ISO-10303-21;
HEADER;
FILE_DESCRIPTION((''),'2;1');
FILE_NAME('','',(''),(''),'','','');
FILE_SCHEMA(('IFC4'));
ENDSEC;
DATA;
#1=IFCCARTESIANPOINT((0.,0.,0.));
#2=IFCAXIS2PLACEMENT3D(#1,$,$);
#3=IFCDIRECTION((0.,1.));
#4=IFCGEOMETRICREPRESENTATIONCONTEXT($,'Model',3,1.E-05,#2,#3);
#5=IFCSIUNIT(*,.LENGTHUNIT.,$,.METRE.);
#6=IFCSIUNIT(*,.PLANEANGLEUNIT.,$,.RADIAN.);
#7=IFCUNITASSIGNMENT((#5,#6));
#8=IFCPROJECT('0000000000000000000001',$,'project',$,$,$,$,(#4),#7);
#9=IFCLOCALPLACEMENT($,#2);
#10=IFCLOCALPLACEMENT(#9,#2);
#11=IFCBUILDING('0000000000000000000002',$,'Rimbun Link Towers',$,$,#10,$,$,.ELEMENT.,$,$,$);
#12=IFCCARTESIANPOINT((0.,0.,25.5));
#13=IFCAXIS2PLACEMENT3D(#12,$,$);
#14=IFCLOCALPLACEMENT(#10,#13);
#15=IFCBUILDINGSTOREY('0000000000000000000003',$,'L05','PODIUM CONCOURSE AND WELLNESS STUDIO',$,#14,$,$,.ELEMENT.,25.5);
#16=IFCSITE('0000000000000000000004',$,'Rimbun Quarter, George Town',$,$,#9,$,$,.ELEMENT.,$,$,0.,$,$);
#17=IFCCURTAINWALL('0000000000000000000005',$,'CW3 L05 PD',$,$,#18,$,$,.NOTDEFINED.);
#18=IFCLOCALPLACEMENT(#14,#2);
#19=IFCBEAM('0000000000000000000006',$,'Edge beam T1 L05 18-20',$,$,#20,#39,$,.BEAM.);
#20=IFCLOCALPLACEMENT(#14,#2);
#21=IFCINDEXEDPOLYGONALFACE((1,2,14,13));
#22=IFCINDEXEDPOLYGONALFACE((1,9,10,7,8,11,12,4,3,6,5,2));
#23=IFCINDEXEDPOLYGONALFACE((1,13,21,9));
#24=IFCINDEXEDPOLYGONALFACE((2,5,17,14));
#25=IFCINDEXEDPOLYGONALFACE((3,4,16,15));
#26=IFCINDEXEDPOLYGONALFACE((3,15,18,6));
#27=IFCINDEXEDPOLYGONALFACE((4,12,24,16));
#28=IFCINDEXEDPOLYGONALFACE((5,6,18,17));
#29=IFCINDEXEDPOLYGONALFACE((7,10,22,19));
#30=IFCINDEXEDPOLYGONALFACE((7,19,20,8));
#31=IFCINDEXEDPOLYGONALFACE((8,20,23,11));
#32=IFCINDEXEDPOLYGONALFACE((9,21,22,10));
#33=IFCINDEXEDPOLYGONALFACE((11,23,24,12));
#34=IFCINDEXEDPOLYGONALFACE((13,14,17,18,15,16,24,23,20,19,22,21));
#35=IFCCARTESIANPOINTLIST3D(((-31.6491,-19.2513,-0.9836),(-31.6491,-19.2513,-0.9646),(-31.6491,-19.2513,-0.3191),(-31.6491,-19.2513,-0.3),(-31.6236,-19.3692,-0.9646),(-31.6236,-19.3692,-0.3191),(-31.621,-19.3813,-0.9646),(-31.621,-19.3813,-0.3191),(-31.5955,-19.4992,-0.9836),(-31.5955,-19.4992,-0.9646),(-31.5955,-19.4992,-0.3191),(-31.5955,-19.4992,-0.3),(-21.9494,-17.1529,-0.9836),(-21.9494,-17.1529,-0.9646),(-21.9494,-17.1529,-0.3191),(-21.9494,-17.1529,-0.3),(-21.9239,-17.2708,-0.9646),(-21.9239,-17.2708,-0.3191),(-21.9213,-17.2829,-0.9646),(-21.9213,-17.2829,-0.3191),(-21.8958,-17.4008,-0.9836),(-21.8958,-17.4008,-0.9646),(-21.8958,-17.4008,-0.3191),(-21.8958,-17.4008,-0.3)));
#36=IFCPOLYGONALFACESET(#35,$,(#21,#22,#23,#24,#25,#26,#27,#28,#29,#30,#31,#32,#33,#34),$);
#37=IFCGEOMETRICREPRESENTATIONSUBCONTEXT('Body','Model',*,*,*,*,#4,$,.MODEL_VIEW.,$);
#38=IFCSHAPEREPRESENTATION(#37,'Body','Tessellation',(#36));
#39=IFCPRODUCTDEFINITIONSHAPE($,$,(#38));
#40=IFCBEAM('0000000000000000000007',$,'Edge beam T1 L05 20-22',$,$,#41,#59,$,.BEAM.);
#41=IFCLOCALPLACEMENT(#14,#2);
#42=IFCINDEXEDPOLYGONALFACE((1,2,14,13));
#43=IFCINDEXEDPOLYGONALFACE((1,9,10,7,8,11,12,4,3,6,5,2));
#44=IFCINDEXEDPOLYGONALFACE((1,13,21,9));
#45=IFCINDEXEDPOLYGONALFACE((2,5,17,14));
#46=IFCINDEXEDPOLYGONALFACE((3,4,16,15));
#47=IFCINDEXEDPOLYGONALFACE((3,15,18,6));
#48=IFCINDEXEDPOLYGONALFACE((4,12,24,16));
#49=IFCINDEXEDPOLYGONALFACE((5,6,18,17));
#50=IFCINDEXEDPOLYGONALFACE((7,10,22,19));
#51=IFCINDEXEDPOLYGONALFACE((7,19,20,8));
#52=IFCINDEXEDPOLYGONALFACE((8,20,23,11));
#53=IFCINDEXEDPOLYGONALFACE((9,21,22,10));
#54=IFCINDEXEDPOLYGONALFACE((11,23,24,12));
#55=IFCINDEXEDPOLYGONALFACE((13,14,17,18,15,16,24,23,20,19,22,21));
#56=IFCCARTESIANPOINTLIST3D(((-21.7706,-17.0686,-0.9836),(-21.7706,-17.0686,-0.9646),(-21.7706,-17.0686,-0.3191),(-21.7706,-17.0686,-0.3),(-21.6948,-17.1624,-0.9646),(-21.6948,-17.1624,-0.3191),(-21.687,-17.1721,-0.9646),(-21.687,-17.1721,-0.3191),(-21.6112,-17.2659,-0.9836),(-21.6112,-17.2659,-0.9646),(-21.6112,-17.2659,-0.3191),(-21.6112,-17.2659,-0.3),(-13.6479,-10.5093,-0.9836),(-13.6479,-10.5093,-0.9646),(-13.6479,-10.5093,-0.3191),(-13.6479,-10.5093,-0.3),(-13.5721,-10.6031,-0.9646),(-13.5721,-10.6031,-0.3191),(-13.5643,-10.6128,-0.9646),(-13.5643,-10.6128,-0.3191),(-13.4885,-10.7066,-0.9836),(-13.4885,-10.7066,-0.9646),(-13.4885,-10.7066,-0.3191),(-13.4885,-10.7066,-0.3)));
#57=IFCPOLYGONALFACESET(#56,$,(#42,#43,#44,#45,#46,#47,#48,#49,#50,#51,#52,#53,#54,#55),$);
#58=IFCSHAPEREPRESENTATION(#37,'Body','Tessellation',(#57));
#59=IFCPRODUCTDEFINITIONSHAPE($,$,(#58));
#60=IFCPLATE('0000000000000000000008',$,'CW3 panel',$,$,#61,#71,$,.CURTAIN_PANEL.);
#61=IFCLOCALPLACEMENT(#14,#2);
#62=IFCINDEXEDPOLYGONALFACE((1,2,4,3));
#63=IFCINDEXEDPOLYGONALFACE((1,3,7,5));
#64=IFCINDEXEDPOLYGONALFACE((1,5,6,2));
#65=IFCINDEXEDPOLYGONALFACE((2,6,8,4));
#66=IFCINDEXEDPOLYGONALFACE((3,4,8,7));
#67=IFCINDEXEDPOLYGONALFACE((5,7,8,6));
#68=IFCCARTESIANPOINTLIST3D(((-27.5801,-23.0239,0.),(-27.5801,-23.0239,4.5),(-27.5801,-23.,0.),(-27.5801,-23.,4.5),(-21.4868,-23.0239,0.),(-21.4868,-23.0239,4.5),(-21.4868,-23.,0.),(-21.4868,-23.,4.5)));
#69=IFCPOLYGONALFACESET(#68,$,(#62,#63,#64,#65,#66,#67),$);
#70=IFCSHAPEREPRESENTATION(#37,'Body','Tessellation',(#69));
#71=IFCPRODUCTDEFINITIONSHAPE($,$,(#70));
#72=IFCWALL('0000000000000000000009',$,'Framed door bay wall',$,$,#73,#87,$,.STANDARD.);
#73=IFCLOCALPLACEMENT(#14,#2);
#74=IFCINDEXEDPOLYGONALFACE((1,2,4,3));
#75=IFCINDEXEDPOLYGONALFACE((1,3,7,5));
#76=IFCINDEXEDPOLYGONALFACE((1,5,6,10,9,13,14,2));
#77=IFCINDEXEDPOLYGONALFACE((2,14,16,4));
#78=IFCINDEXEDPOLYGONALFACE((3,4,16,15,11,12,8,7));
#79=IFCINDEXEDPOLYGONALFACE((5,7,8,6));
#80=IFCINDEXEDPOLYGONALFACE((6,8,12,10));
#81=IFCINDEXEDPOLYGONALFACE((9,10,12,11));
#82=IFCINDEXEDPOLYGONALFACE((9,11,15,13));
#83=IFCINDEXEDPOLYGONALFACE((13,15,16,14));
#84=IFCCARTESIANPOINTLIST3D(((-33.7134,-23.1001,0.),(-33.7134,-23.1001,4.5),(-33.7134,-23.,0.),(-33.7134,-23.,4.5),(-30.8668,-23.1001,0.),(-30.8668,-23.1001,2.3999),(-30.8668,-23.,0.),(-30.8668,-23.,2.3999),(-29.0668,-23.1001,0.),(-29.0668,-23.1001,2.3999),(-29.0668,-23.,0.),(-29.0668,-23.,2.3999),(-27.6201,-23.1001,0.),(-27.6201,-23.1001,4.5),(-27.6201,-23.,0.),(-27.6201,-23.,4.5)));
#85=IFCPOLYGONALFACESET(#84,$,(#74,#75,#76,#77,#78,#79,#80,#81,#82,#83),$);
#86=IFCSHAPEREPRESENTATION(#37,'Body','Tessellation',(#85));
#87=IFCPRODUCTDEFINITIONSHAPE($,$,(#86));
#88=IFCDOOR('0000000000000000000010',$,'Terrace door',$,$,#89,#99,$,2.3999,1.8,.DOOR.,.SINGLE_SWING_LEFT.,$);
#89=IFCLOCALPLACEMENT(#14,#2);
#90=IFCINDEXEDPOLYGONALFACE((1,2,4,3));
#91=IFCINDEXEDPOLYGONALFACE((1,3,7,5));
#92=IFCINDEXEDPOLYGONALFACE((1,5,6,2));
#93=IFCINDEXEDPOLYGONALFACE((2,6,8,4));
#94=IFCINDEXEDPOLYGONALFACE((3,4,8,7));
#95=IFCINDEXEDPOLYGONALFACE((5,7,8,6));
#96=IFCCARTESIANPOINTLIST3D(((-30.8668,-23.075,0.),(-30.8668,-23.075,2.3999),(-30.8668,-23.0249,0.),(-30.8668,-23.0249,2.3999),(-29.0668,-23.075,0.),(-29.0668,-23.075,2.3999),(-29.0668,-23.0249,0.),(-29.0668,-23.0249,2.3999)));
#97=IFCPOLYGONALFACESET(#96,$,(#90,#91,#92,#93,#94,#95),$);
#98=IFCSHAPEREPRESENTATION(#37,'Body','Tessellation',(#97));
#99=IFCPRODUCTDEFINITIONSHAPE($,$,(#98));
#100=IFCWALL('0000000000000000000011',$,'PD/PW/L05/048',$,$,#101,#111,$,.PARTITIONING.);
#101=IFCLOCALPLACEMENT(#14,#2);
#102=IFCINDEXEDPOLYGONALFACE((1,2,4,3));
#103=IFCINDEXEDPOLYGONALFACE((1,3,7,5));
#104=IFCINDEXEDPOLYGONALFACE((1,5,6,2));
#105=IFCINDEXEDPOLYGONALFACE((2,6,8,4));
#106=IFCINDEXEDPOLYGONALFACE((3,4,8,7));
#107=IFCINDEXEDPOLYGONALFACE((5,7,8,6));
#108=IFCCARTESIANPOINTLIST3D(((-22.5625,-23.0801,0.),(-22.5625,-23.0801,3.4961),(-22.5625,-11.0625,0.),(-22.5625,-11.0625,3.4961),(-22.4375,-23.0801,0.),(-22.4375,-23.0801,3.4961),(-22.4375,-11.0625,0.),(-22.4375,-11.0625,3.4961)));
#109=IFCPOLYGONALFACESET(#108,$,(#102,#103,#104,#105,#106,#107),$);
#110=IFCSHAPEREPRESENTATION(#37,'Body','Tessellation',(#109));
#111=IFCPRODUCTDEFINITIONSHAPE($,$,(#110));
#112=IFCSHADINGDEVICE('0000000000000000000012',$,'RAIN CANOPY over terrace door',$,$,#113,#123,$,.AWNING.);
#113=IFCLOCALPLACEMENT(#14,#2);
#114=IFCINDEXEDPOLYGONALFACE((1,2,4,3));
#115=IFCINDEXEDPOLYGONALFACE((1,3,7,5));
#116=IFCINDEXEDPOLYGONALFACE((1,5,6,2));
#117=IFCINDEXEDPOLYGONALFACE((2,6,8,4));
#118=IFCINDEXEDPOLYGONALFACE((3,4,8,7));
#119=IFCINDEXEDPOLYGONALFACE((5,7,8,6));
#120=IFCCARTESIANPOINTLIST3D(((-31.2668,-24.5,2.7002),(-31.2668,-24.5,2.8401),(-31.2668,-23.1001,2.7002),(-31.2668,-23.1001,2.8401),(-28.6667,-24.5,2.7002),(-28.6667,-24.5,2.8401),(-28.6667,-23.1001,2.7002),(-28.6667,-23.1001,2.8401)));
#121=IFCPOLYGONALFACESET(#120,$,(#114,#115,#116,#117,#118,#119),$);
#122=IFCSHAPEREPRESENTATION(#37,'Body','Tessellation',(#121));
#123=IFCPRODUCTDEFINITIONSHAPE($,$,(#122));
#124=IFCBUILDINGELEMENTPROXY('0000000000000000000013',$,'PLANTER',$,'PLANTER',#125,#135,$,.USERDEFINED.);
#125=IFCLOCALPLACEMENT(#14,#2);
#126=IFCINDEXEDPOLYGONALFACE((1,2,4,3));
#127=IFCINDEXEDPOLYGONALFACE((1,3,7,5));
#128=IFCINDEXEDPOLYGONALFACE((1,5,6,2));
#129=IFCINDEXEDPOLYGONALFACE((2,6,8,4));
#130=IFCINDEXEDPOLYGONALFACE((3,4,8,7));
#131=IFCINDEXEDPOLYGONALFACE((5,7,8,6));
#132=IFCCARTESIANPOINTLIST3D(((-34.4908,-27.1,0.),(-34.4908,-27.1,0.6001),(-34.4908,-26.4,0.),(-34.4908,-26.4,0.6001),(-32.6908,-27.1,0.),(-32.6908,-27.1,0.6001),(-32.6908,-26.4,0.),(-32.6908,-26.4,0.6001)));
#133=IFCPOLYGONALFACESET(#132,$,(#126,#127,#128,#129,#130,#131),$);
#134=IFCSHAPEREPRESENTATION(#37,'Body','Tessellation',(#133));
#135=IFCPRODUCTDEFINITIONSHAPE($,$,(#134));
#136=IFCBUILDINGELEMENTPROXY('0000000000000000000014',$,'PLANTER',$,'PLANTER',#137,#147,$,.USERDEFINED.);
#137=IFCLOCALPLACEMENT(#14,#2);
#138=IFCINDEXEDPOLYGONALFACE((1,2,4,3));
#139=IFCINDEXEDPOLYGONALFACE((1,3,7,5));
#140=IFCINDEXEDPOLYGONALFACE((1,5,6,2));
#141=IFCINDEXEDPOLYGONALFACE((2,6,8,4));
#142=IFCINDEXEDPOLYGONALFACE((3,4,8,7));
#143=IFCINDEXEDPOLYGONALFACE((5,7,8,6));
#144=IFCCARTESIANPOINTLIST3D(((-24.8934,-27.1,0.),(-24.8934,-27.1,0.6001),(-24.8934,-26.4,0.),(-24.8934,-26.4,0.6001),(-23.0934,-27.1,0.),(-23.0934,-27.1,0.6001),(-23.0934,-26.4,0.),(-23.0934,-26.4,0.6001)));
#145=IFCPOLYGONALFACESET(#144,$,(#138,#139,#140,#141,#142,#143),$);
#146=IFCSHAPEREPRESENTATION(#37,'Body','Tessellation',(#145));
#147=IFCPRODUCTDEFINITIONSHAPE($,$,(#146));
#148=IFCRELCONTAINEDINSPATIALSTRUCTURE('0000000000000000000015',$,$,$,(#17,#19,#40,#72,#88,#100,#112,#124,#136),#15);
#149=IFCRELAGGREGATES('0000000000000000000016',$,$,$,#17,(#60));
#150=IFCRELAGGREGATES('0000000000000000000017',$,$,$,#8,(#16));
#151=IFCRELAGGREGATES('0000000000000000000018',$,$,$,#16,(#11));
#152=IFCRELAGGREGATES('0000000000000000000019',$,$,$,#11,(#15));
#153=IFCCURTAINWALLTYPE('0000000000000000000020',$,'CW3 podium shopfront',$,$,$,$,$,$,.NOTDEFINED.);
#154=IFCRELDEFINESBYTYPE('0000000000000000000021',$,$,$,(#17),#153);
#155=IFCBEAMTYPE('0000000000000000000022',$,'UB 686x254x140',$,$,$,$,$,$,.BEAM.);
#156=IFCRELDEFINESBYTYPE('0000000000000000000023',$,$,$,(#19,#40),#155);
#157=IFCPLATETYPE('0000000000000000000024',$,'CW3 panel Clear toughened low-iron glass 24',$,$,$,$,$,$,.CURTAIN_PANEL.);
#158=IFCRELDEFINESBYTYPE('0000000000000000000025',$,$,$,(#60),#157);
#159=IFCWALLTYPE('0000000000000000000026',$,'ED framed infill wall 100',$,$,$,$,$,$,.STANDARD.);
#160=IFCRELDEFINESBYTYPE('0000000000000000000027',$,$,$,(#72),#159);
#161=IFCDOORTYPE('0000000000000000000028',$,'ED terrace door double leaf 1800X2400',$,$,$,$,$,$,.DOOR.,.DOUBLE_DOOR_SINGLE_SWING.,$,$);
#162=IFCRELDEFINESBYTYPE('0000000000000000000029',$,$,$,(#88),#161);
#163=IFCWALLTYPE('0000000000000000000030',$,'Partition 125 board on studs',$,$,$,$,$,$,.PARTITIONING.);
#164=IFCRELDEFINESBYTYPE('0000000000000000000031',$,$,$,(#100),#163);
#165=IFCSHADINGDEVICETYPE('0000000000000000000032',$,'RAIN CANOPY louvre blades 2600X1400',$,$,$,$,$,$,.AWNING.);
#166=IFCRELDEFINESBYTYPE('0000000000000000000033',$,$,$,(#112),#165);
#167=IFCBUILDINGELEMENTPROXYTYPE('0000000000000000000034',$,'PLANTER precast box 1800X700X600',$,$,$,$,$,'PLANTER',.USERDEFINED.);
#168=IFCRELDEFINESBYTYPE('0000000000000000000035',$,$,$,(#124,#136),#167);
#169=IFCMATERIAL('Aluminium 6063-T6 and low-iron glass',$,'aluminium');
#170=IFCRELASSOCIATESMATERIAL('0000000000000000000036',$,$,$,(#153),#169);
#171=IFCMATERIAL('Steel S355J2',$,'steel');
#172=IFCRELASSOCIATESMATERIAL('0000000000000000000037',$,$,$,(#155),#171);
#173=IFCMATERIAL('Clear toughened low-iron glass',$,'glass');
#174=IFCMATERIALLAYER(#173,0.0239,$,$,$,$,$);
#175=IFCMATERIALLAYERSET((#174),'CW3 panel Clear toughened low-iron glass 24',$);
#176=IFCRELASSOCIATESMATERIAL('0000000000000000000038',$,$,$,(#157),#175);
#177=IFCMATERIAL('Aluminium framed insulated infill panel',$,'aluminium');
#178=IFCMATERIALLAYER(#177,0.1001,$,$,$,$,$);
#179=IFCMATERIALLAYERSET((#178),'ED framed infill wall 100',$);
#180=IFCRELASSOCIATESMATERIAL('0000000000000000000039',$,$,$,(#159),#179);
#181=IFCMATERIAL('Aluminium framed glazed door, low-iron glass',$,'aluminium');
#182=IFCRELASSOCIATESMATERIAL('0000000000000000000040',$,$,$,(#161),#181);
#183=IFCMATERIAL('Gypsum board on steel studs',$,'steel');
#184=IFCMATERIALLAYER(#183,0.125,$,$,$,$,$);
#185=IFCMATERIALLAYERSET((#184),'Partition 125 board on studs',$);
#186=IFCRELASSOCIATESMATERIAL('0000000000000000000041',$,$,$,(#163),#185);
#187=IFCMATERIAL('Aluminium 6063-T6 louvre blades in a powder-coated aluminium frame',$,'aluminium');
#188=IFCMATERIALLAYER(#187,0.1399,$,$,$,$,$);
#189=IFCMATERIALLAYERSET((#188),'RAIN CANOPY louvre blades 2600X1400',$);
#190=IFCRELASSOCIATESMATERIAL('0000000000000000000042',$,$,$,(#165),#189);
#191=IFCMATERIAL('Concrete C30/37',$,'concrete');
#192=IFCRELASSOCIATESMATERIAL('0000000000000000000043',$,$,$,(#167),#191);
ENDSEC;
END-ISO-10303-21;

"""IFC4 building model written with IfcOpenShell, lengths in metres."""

from ifc_helpers import new_model, si_unit, direction, frame, frame_2d, origin, origin_2d, place, context, subcontext, project, spatial, rectangle, i_section, extrude, material, layer, layer_set, material_profile, profile_set, type_object, element, fill, aggregate, save


model = new_model("IFC4")

# Units and contexts
model_context = context("Model", 3, precision=1e-05, world=origin(), true_north=direction((0.0, 1.0)))
body_context = subcontext(model_context, "Body", "Model", "MODEL_VIEW")
ifc_project = project(units=[si_unit("LENGTHUNIT", "METRE"), si_unit("PLANEANGLEUNIT", "RADIAN")], contexts=[model_context])

# Site, building, storey
site_placement = place(None, origin())
site = spatial("IfcSite", under=ifc_project, at=site_placement, Name="Rimbun Quarter, George Town", CompositionType="ELEMENT", RefElevation=0.0)
building_placement = place(site_placement, origin())
building = spatial("IfcBuilding", under=site, at=building_placement, Name="Rimbun Link Towers", CompositionType="ELEMENT")
storey_placement = place(building_placement, frame((0.0, 0.0, 25.5)))
storey = spatial("IfcBuildingStorey", under=building, at=storey_placement, Name="L05", Description="PODIUM CONCOURSE AND WELLNESS STUDIO", CompositionType="ELEMENT", Elevation=25.5)

# Curtain wall
ifc_material_1 = material(Name="Aluminium 6063-T6 and low-iron glass", Category="aluminium")
curtain_wall_type = type_object("IfcCurtainWallType", Name="CW3 podium shopfront", PredefinedType="NOTDEFINED", material=ifc_material_1)
curtain_wall_placement = place(storey_placement, origin())
curtain_wall = element("IfcCurtainWall", 1, at=curtain_wall_placement, inside=storey, type_object=curtain_wall_type, Name="CW3 L05 PD", PredefinedType="NOTDEFINED")

# Beams
ifc_material_2 = material(Name="Steel S355J2", Category="steel")
ifc_material_profile_1 = material_profile(ifc_material_2, i_section(OverallWidth=0.2537, OverallDepth=0.6836, WebThickness=0.0125, FlangeThickness=0.019, at=origin_2d()), Name="UB 686x254x140")
ifc_profile_set_1 = profile_set([ifc_material_profile_1], Name="Steel S355J2")
beam_type_1 = type_object("IfcBeamType", Name="UB 686x254x140", PredefinedType="BEAM", material=ifc_profile_set_1)
beam_1_placement = place(storey_placement, frame((-31.6223, -19.3752, -0.6418), z_axis=(0.97739, 0.211444, 0.0), x_axis=(-0.211444, 0.97739, 0.0)))
element("IfcBeam", 2, at=beam_1_placement, inside=storey, type_object=beam_type_1, Name="Edge beam T1 L05 18-20", PredefinedType="BEAM", context=body_context, shape_type="SweptSolid", body=[
    extrude(i_section(OverallWidth=0.2537, OverallDepth=0.6836, WebThickness=0.0125, FlangeThickness=0.019, at=origin_2d()), origin(), (0.0, 0.0, 1.0), 9.9241),
])
beam_2_placement = place(storey_placement, frame((-21.6909, -17.1672, -0.6418), z_axis=(0.778007, 0.628256, 0.0), x_axis=(-0.628256, 0.778007, 0.0)))
element("IfcBeam", 3, at=beam_2_placement, inside=storey, type_object=beam_type_1, Name="Edge beam T1 L05 20-22", PredefinedType="BEAM", context=body_context, shape_type="SweptSolid", body=[
    extrude(i_section(OverallWidth=0.2537, OverallDepth=0.6836, WebThickness=0.0125, FlangeThickness=0.019, at=origin_2d()), origin(), (0.0, 0.0, 1.0), 10.4404),
])

# Plate
ifc_material_3 = material(Name="Clear toughened low-iron glass", Category="glass")
ifc_layer_1 = layer(ifc_material_3, 0.0239)
ifc_layer_set_1 = layer_set([ifc_layer_1], Name="CW3 panel Clear toughened low-iron glass 24")
plate_type = type_object("IfcPlateType", Name="CW3 panel Clear toughened low-iron glass 24", PredefinedType="CURTAIN_PANEL", material=ifc_layer_set_1)
plate_placement = place(storey_placement, frame((-24.5334, -23.012, 0.0), z_axis=(0.0, 0.0, 1.0), x_axis=(-1.0, 0.0, 0.0)))
plate = element("IfcPlate", 4, at=plate_placement, type_object=plate_type, Name="CW3 panel", PredefinedType="CURTAIN_PANEL", context=body_context, shape_type="SweptSolid", body=[
    extrude(rectangle(XDim=6.0933, YDim=0.0239, at=origin_2d()), origin(), (0.0, 0.0, 1.0), 4.5),
])
aggregate(curtain_wall, [plate])

# Wall, opening, door
ifc_material_4 = material(Name="Aluminium framed insulated infill panel", Category="aluminium")
ifc_layer_2 = layer(ifc_material_4, 0.1001)
ifc_layer_set_2 = layer_set([ifc_layer_2], Name="ED framed infill wall 100")
wall_type_1 = type_object("IfcWallType", Name="ED framed infill wall 100", PredefinedType="STANDARD", material=ifc_layer_set_2)
wall_1_placement = place(storey_placement, frame((-27.6201, -23.05, 0.0), z_axis=(0.0, 0.0, 1.0), x_axis=(-1.0, 0.0, 0.0)))
wall_1 = element("IfcWall", 5, at=wall_1_placement, inside=storey, type_object=wall_type_1, Name="Framed door bay wall", PredefinedType="STANDARD", context=body_context, shape_type="SweptSolid", body=[
    extrude(rectangle(XDim=6.0933, YDim=0.1001, at=frame_2d((3.0466, 0.0))), origin(), (0.0, 0.0, 1.0), 4.5),
])
opening_placement = place(wall_1_placement, frame((1.4468, 0.0, 0.0)))
opening = element("IfcOpeningElement", 6, at=opening_placement, cuts=wall_1, PredefinedType="OPENING", context=body_context, shape_type="SweptSolid", body=[
    extrude(rectangle(XDim=1.8, YDim=2.3999, at=frame_2d((0.8999, 1.2))), frame((0.0, 0.0601, 0.0), z_axis=(0.0, -1.0, 0.0), x_axis=(1.0, 0.0, 0.0)), (0.0, 0.0, 1.0), 0.1201),
])
ifc_material_5 = material(Name="Aluminium framed glazed door, low-iron glass", Category="aluminium")
door_type = type_object("IfcDoorType", Name="ED terrace door double leaf 1800X2400", OperationType="DOUBLE_DOOR_SINGLE_SWING", PredefinedType="DOOR", material=ifc_material_5)
door_placement = place(opening_placement, origin())
door = element("IfcDoor", 7, at=door_placement, inside=storey, type_object=door_type, Name="Terrace door", OperationType="SINGLE_SWING_LEFT", OverallHeight=2.3999, OverallWidth=1.8, PredefinedType="DOOR", context=body_context, shape_type="SweptSolid", body=[
    extrude(rectangle(XDim=1.8, YDim=2.3999, at=frame_2d((0.8999, 1.2))), frame((0.0, 0.0249, 0.0), z_axis=(0.0, -1.0, 0.0), x_axis=(1.0, 0.0, 0.0)), (0.0, 0.0, 1.0), 0.05),
])
fill(opening, door)

# Wall
ifc_material_6 = material(Name="Gypsum board on steel studs", Category="steel")
ifc_layer_3 = layer(ifc_material_6, 0.125)
ifc_layer_set_3 = layer_set([ifc_layer_3], Name="Partition 125 board on studs")
wall_type_2 = type_object("IfcWallType", Name="Partition 125 board on studs", PredefinedType="PARTITIONING", material=ifc_layer_set_3)
wall_2_placement = place(storey_placement, frame((-22.5, -23.0801, 0.0), z_axis=(0.0, 0.0, 1.0), x_axis=(0.0, 1.0, 0.0)))
element("IfcWall", 8, at=wall_2_placement, inside=storey, type_object=wall_type_2, Name="PD/PW/L05/048", PredefinedType="PARTITIONING", context=body_context, shape_type="SweptSolid", body=[
    extrude(rectangle(XDim=12.0176, YDim=0.125, at=frame_2d((6.0088, 0.0))), origin(), (0.0, 0.0, 1.0), 3.4961),
])

# Shading device
ifc_material_7 = material(Name="Aluminium 6063-T6 louvre blades in a powder-coated aluminium frame", Category="aluminium")
ifc_layer_4 = layer(ifc_material_7, 0.1399)
ifc_layer_set_4 = layer_set([ifc_layer_4], Name="RAIN CANOPY louvre blades 2600X1400")
shading_device_type = type_object("IfcShadingDeviceType", Name="RAIN CANOPY louvre blades 2600X1400", PredefinedType="AWNING", material=ifc_layer_set_4)
shading_device_placement = place(storey_placement, frame((-29.9668, -23.8, 2.7002), z_axis=(0.0, 0.0, 1.0), x_axis=(-1.0, 0.0, 0.0)))
element("IfcShadingDevice", 9, at=shading_device_placement, inside=storey, type_object=shading_device_type, Name="RAIN CANOPY over terrace door", PredefinedType="AWNING", context=body_context, shape_type="SweptSolid", body=[
    extrude(rectangle(XDim=2.6001, YDim=1.3999, at=origin_2d()), origin(), (0.0, 0.0, 1.0), 0.1399),
])

# Building element proxies
ifc_material_8 = material(Name="Concrete C30/37", Category="concrete")
building_element_proxy_type = type_object("IfcBuildingElementProxyType", Name="PLANTER precast box 1800X700X600", ElementType="PLANTER", PredefinedType="USERDEFINED", material=ifc_material_8)
for number, where, z_axis, x_axis, name in (
    (10, (-33.5908, -26.75, 0.0), (0.0, 0.0, 1.0), (1.0, 0.0, 0.0), "PLANTER"),
    (11, (-23.9934, -26.75, 0.0), (0.0, 0.0, 1.0), (1.0, 0.0, 0.0), "PLANTER"),
):
    element("IfcBuildingElementProxy", number, at=place(storey_placement, frame(where, z_axis=z_axis, x_axis=x_axis)), inside=storey, type_object=building_element_proxy_type, Name=name, ObjectType="PLANTER", PredefinedType="USERDEFINED", context=body_context, shape_type="SweptSolid", body=[
        extrude(rectangle(XDim=1.8, YDim=0.7, at=origin_2d()), origin(), (0.0, 0.0, 1.0), 0.6001),
    ])

save(model, "model.ifc")
